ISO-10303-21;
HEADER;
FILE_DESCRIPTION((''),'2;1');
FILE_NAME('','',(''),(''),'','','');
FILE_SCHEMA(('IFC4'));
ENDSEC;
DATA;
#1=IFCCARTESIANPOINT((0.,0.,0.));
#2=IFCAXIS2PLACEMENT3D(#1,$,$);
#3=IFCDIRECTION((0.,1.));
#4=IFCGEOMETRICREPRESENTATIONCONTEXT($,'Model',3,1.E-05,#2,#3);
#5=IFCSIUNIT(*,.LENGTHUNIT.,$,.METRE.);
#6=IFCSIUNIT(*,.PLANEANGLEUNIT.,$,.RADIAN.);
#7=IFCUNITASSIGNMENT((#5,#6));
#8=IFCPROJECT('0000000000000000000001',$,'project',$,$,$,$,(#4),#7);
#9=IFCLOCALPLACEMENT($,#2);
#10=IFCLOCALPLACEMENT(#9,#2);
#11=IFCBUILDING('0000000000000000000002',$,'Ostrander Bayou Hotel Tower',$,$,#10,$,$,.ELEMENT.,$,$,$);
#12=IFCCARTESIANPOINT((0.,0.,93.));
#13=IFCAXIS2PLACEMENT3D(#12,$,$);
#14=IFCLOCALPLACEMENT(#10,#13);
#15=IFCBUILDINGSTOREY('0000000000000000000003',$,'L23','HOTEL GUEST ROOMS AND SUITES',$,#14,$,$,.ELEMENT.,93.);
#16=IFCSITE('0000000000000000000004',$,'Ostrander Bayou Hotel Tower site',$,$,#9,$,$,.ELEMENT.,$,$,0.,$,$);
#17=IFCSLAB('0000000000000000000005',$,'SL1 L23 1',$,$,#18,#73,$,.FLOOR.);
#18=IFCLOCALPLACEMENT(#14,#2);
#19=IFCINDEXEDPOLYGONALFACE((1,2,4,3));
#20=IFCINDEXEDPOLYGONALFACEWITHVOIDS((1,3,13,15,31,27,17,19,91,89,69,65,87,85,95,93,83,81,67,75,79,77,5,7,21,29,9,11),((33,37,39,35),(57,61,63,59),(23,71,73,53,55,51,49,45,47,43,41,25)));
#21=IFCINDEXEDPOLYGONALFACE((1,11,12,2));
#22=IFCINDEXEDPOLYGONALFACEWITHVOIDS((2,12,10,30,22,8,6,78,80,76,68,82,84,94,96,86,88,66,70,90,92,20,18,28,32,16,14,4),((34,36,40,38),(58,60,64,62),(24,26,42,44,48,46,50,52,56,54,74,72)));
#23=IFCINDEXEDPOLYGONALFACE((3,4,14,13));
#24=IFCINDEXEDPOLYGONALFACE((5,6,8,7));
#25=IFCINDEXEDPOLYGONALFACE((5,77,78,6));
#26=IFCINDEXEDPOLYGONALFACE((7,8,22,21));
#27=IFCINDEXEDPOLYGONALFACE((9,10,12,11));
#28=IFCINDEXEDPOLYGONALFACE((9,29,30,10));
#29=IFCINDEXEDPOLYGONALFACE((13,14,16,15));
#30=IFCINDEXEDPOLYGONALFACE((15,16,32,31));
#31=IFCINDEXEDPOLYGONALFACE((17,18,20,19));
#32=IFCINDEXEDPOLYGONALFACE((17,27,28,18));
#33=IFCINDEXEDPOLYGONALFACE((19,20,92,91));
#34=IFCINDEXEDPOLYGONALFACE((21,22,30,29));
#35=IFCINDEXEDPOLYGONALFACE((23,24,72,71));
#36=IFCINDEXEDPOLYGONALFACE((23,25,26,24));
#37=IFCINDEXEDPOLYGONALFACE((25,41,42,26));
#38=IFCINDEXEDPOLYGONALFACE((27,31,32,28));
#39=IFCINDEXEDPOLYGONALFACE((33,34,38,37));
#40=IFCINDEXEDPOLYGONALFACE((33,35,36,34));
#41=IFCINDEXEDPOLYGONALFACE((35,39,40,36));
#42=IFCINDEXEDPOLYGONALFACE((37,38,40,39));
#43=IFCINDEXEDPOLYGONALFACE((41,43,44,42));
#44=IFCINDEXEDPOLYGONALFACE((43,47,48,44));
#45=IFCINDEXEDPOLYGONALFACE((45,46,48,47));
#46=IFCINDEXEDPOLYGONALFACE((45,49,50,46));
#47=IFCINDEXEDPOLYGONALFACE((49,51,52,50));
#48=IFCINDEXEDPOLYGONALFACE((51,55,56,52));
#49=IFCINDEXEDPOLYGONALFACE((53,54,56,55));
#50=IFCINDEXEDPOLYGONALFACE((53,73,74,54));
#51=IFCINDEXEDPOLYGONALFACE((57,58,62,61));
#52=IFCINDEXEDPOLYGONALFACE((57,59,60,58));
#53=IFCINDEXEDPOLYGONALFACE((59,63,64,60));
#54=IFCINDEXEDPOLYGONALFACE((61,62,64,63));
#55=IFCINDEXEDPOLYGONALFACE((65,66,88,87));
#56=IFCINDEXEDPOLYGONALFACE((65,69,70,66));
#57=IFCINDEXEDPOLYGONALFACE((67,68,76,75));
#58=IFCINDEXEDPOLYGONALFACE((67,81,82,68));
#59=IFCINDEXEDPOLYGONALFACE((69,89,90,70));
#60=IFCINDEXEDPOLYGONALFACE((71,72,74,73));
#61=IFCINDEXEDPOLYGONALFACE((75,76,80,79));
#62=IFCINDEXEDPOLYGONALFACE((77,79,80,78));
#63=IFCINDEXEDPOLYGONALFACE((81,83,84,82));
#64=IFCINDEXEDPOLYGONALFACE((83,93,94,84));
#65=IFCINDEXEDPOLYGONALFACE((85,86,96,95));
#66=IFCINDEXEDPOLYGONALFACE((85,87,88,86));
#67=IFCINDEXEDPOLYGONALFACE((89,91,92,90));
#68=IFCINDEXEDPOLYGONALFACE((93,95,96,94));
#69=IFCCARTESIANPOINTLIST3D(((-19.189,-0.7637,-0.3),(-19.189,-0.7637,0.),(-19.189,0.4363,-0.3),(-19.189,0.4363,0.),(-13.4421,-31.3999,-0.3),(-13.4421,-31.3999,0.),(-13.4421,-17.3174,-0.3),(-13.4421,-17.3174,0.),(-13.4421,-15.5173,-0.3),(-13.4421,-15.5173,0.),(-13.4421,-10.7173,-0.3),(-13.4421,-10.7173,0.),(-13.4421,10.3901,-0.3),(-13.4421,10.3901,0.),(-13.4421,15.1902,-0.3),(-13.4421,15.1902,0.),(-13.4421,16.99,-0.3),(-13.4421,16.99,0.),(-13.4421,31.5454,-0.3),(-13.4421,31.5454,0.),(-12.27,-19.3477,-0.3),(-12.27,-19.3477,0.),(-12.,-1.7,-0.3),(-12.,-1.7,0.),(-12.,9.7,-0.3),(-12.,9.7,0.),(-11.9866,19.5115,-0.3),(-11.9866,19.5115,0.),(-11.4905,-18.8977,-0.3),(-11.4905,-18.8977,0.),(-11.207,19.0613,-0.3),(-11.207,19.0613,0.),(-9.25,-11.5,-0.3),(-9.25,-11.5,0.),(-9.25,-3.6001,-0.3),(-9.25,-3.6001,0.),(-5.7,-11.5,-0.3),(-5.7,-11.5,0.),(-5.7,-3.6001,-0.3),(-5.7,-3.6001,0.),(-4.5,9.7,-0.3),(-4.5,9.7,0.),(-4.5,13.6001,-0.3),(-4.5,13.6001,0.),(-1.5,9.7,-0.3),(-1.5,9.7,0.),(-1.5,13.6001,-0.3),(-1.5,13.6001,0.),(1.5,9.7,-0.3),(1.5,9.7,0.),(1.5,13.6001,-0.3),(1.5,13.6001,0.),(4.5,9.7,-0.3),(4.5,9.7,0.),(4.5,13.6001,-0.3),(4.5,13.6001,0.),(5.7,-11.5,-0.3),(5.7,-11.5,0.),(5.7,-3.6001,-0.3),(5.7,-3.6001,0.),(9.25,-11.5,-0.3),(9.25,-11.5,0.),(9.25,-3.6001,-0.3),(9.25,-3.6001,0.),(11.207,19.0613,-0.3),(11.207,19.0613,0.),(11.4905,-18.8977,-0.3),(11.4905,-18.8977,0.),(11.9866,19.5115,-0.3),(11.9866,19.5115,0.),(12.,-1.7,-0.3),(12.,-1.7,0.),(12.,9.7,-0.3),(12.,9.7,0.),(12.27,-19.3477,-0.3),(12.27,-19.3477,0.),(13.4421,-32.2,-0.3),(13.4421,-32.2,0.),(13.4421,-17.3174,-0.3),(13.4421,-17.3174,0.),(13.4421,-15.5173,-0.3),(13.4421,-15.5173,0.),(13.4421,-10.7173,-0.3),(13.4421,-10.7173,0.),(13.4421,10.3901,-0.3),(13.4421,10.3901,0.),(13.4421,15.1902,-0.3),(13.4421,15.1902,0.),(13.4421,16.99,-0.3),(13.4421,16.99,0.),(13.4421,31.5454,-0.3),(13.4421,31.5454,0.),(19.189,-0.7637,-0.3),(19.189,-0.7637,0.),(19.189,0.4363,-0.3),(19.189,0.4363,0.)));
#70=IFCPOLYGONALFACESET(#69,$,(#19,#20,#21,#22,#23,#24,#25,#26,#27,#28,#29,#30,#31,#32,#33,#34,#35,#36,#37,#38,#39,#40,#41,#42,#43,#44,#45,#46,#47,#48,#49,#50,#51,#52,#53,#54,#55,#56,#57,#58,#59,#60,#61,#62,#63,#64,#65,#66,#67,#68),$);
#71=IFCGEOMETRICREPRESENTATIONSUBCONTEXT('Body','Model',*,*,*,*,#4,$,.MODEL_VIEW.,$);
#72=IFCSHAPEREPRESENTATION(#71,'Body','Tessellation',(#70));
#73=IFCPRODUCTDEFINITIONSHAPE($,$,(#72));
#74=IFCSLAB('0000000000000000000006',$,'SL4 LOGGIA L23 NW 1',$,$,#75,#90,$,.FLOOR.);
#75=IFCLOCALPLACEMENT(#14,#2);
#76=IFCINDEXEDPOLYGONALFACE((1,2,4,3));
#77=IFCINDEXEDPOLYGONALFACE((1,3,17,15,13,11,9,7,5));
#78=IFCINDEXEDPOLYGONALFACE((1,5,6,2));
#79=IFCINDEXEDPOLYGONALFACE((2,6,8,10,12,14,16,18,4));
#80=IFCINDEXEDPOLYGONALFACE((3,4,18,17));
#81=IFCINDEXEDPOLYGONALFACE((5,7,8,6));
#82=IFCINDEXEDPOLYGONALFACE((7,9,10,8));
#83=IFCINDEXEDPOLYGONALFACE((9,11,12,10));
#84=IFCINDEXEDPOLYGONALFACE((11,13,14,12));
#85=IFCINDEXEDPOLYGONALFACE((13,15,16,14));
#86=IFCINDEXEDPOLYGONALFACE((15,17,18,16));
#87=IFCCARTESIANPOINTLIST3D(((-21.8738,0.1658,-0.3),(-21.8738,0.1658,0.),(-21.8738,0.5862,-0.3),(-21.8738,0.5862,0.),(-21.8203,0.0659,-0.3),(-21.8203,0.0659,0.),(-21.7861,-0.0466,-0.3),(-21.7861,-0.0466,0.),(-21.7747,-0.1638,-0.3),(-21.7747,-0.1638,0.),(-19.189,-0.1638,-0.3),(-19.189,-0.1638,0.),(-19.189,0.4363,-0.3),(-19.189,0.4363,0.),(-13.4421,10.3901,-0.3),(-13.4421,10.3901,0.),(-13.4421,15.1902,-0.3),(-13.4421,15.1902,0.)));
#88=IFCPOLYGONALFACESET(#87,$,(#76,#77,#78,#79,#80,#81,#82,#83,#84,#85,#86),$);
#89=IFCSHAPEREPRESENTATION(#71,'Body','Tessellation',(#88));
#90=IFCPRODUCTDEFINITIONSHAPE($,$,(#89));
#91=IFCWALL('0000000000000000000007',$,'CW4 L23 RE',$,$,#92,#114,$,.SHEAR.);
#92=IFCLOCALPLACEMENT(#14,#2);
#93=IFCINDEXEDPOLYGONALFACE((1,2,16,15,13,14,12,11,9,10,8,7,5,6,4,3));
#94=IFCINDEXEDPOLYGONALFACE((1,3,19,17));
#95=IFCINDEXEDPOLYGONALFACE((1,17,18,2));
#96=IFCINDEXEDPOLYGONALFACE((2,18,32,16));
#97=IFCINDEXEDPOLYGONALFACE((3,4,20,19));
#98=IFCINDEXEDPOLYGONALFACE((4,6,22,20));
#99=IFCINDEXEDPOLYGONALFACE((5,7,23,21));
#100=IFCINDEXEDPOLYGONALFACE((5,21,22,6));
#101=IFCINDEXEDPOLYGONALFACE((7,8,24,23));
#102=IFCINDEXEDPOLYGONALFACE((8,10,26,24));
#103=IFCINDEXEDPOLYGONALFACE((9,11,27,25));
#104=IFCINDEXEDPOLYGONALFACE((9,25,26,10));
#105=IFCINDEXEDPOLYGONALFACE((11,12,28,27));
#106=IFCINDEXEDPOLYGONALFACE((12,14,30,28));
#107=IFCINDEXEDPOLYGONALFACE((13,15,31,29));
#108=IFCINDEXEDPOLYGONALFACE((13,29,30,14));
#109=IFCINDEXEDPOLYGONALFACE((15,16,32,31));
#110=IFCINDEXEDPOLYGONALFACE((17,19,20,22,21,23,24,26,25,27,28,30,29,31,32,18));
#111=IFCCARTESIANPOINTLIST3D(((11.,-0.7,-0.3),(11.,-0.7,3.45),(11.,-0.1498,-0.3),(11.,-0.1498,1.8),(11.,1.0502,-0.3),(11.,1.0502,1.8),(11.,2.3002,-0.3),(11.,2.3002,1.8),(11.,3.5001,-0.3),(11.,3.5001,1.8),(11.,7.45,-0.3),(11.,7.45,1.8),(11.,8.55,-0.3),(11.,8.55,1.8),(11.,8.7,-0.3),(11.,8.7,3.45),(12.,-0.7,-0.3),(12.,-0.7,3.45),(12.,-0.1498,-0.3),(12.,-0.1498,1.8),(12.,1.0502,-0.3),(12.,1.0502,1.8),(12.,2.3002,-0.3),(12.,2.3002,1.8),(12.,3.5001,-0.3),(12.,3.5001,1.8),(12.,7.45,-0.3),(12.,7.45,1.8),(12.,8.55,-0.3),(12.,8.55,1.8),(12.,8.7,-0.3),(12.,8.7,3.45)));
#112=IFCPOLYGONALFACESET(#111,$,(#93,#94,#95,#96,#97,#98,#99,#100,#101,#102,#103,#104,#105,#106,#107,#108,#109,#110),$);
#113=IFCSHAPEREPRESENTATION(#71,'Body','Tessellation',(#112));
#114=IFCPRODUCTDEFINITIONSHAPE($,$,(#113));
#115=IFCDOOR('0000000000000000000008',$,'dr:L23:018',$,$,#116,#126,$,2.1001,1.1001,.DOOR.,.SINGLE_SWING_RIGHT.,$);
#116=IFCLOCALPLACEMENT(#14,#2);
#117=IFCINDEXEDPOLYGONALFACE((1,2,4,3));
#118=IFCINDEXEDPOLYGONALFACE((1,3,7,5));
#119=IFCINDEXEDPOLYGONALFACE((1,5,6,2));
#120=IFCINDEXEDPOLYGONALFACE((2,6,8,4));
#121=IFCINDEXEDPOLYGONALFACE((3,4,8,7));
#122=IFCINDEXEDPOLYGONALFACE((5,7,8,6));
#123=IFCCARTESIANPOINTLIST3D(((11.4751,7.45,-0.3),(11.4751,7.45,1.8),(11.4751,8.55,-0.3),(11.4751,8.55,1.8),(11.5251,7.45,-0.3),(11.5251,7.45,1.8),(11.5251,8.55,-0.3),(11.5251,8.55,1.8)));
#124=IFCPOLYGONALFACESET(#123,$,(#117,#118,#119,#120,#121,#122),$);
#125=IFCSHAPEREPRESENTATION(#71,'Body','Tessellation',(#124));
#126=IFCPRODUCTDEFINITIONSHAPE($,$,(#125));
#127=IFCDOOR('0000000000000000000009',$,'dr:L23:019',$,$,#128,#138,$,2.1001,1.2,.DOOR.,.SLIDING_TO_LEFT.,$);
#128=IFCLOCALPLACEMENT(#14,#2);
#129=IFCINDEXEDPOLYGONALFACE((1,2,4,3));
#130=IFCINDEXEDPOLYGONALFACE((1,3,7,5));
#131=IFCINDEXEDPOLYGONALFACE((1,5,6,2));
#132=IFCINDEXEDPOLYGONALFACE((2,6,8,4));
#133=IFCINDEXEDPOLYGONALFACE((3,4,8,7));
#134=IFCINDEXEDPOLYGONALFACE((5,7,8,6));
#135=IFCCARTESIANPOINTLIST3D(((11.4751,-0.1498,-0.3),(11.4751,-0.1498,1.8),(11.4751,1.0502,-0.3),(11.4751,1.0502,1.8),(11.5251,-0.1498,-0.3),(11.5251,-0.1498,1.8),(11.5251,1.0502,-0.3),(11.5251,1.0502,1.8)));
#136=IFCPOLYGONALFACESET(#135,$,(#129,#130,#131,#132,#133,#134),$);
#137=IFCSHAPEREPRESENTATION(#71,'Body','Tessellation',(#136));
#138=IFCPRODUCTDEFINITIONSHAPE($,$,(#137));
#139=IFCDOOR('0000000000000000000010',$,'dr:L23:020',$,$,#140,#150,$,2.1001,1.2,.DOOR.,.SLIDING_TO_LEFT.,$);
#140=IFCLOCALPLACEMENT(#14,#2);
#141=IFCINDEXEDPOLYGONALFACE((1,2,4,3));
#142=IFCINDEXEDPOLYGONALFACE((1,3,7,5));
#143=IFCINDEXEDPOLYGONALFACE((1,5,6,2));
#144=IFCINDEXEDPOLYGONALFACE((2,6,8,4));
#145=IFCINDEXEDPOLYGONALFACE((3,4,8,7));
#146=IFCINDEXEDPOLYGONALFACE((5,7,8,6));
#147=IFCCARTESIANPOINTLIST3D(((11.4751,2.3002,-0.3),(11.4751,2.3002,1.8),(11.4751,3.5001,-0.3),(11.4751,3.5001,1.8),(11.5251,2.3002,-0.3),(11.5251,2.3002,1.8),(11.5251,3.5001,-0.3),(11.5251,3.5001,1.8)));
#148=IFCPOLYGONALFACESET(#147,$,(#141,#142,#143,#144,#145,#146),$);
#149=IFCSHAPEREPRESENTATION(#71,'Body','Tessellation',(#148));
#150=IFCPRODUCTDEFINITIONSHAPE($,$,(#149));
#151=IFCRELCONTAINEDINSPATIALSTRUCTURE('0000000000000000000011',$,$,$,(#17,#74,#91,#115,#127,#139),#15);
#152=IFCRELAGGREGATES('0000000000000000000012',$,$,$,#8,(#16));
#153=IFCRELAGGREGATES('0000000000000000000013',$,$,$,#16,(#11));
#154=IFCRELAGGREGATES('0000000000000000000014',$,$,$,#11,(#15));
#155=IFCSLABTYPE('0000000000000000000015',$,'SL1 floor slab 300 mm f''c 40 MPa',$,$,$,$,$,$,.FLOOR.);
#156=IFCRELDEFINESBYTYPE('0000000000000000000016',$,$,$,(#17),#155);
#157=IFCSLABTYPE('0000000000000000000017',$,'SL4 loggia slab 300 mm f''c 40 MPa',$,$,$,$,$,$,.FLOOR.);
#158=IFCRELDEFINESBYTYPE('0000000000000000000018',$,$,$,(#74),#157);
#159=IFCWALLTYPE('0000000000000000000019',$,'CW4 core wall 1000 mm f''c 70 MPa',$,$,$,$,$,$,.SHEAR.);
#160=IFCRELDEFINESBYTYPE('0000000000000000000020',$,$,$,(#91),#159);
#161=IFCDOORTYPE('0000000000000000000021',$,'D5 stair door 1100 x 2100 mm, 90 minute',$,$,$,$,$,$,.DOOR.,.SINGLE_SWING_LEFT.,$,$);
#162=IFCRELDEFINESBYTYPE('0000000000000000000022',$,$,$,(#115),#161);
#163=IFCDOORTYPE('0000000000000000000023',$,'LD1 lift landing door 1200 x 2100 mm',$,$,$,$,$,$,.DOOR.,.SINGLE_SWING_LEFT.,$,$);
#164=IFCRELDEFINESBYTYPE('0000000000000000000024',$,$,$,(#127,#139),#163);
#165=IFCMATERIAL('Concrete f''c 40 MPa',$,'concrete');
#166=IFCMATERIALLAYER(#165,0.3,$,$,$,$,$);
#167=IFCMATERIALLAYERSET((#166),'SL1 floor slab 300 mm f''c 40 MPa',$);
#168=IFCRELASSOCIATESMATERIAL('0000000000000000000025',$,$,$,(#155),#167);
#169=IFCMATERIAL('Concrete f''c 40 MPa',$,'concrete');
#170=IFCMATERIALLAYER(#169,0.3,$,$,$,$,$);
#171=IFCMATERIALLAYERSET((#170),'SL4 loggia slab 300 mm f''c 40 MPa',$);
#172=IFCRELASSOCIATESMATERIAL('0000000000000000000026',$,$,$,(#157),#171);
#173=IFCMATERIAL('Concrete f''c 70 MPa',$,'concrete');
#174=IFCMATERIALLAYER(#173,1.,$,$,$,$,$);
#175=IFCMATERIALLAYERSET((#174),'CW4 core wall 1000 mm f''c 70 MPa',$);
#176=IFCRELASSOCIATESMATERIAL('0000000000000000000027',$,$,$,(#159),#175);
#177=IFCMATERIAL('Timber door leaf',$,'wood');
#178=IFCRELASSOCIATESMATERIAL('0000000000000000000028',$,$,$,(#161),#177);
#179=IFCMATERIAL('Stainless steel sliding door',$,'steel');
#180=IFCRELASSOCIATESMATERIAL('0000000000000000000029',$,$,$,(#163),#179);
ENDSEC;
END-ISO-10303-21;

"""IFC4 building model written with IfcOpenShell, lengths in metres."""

from ifc_helpers import new_model, si_unit, direction, frame, frame_2d, origin, place, context, subcontext, project, spatial, polyline, rectangle, outline, extrude, material, layer, layer_set, type_object, element, fill, save


model = new_model("IFC4")

# Units and contexts
model_context = context("Model", 3, precision=1e-05, world=origin(), true_north=direction((0.0, 1.0)))
body_context = subcontext(model_context, "Body", "Model", "MODEL_VIEW")
ifc_project = project(units=[si_unit("LENGTHUNIT", "METRE"), si_unit("PLANEANGLEUNIT", "RADIAN")], contexts=[model_context])

# Site, building, storey
site_placement = place(None, origin())
site = spatial("IfcSite", under=ifc_project, at=site_placement, Name="Ostrander Bayou Hotel Tower site", CompositionType="ELEMENT", RefElevation=0.0)
building_placement = place(site_placement, origin())
building = spatial("IfcBuilding", under=site, at=building_placement, Name="Ostrander Bayou Hotel Tower", CompositionType="ELEMENT")
storey_placement = place(building_placement, frame((0.0, 0.0, 93.0)))
storey = spatial("IfcBuildingStorey", under=building, at=storey_placement, Name="L23", Description="HOTEL GUEST ROOMS AND SUITES", CompositionType="ELEMENT", Elevation=93.0)

# Slabs
ifc_material_1 = material(Name="Concrete f'c 40 MPa", Category="concrete")
ifc_layer_1 = layer(ifc_material_1, 0.3)
ifc_layer_set_1 = layer_set([ifc_layer_1], Name="SL1 floor slab 300 mm f'c 40 MPa")
slab_type_1 = type_object("IfcSlabType", Name="SL1 floor slab 300 mm f'c 40 MPa", PredefinedType="FLOOR", material=ifc_layer_set_1)
slab_1_placement = place(storey_placement, frame((0.0, 0.0, -0.3)))
element("IfcSlab", 1, at=slab_1_placement, inside=storey, type_object=slab_type_1, Name="SL1 L23 1", PredefinedType="FLOOR", context=body_context, shape_type="SweptSolid", body=[
    extrude(outline(polyline([(-12.27, -19.3477), (-11.4905, -18.8977), (-13.4421, -15.5173), (-13.4421, -10.7173), (-19.189, -0.7637), (-19.189, 0.4363), (-13.4421, 10.3901), (-13.4421, 15.1902), (-11.207, 19.0613), (-11.9866, 19.5115), (-13.4421, 16.99), (-13.4421, 31.5454), (13.4421, 31.5454), (13.4421, 16.99), (11.9866, 19.5115), (11.207, 19.0613), (13.4421, 15.1902), (13.4421, 10.3901), (19.189, 0.4363), (19.189, -0.7637), (13.4421, -10.7173), (13.4421, -15.5173), (11.4905, -18.8977), (12.27, -19.3477), (13.4421, -17.3174), (13.4421, -32.2), (-13.4421, -31.3999), (-13.4421, -17.3174), (-12.27, -19.3477)]), holes=[polyline([(-12.0, -1.7), (12.0, -1.7), (12.0, 9.7), (4.5, 9.7), (4.5, 13.6001), (1.5, 13.6001), (1.5, 9.7), (-1.5, 9.7), (-1.5, 13.6001), (-4.5, 13.6001), (-4.5, 9.7), (-12.0, 9.7), (-12.0, -1.7)]), polyline([(9.25, -3.6001), (5.7, -3.6001), (5.7, -11.5), (9.25, -11.5), (9.25, -3.6001)]), polyline([(-5.7, -3.6001), (-9.25, -3.6001), (-9.25, -11.5), (-5.7, -11.5), (-5.7, -3.6001)])]), origin(), (0.0, 0.0, 1.0), 0.3),
])
ifc_material_2 = material(Name="Concrete f'c 40 MPa", Category="concrete")
ifc_layer_2 = layer(ifc_material_2, 0.3)
ifc_layer_set_2 = layer_set([ifc_layer_2], Name="SL4 loggia slab 300 mm f'c 40 MPa")
slab_type_2 = type_object("IfcSlabType", Name="SL4 loggia slab 300 mm f'c 40 MPa", PredefinedType="FLOOR", material=ifc_layer_set_2)
slab_2_placement = place(storey_placement, frame((0.0, 0.0, -0.3)))
element("IfcSlab", 2, at=slab_2_placement, inside=storey, type_object=slab_type_2, Name="SL4 LOGGIA L23 NW 1", PredefinedType="FLOOR", context=body_context, shape_type="SweptSolid", body=[
    extrude(outline(polyline([(-19.189, -0.1638), (-21.7747, -0.1638), (-21.7861, -0.0466), (-21.8203, 0.0659), (-21.8738, 0.1658), (-21.8738, 0.5862), (-13.4421, 15.1902), (-13.4421, 10.3901), (-19.189, 0.4363), (-19.189, -0.1638)])), origin(), (0.0, 0.0, 1.0), 0.3),
])

# Wall, openings, doors
ifc_material_3 = material(Name="Concrete f'c 70 MPa", Category="concrete")
ifc_layer_3 = layer(ifc_material_3, 1.0)
ifc_layer_set_3 = layer_set([ifc_layer_3], Name="CW4 core wall 1000 mm f'c 70 MPa")
wall_type_1 = type_object("IfcWallType", Name="CW4 core wall 1000 mm f'c 70 MPa", PredefinedType="SHEAR", material=ifc_layer_set_3)
wall_1_placement = place(storey_placement, frame((11.5, -0.7, -0.3), z_axis=(0.0, 0.0, 1.0), x_axis=(0.0, 1.0, 0.0)))
wall_1 = element("IfcWall", 3, at=wall_1_placement, inside=storey, type_object=wall_type_1, Name="CW4 L23 RE", PredefinedType="SHEAR", context=body_context, shape_type="SweptSolid", body=[
    extrude(rectangle(XDim=9.3999, YDim=1.0, at=frame_2d((4.7, 0.0))), origin(), (0.0, 0.0, 1.0), 3.75),
])
opening_1_placement = place(wall_1_placement, frame((8.1499, 0.0, 0.0)))
opening_1 = element("IfcOpeningElement", 4, at=opening_1_placement, cuts=wall_1, PredefinedType="OPENING", context=body_context, shape_type="SweptSolid", body=[
    extrude(rectangle(XDim=1.1001, YDim=2.1001, at=frame_2d((0.55, 1.05))), frame((0.0, 0.5, 0.0), z_axis=(0.0, -1.0, 0.0), x_axis=(1.0, 0.0, 0.0)), (0.0, 0.0, 1.0), 1.0),
])
opening_2_placement = place(wall_1_placement, frame((0.55, 0.0, 0.0)))
opening_2 = element("IfcOpeningElement", 5, at=opening_2_placement, cuts=wall_1, PredefinedType="OPENING", context=body_context, shape_type="SweptSolid", body=[
    extrude(rectangle(XDim=1.2, YDim=2.1001, at=frame_2d((0.6001, 1.05))), frame((0.0, 0.5, 0.0), z_axis=(0.0, -1.0, 0.0), x_axis=(1.0, 0.0, 0.0)), (0.0, 0.0, 1.0), 1.0),
])
opening_3_placement = place(wall_1_placement, frame((3.0, 0.0, 0.0)))
opening_3 = element("IfcOpeningElement", 6, at=opening_3_placement, cuts=wall_1, PredefinedType="OPENING", context=body_context, shape_type="SweptSolid", body=[
    extrude(rectangle(XDim=1.2, YDim=2.1001, at=frame_2d((0.6001, 1.05))), frame((0.0, 0.5, 0.0), z_axis=(0.0, -1.0, 0.0), x_axis=(1.0, 0.0, 0.0)), (0.0, 0.0, 1.0), 1.0),
])
ifc_material_4 = material(Name="Timber door leaf", Category="wood")
door_type_1 = type_object("IfcDoorType", Name="D5 stair door 1100 x 2100 mm, 90 minute", OperationType="SINGLE_SWING_LEFT", PredefinedType="DOOR", material=ifc_material_4)
door_1_placement = place(opening_1_placement, origin())
door_1 = element("IfcDoor", 7, at=door_1_placement, inside=storey, type_object=door_type_1, Name="dr:L23:018", OperationType="SINGLE_SWING_RIGHT", OverallHeight=2.1001, OverallWidth=1.1001, PredefinedType="DOOR", context=body_context, shape_type="SweptSolid", body=[
    extrude(rectangle(XDim=1.1001, YDim=2.1001, at=frame_2d((0.55, 1.05))), frame((0.0, 0.0249, 0.0), z_axis=(0.0, -1.0, 0.0), x_axis=(1.0, 0.0, 0.0)), (0.0, 0.0, 1.0), 0.05),
])
fill(opening_1, door_1)
ifc_material_5 = material(Name="Stainless steel sliding door", Category="steel")
door_type_2 = type_object("IfcDoorType", Name="LD1 lift landing door 1200 x 2100 mm", OperationType="SINGLE_SWING_LEFT", PredefinedType="DOOR", material=ifc_material_5)
door_2_placement = place(opening_2_placement, origin())
door_2 = element("IfcDoor", 8, at=door_2_placement, inside=storey, type_object=door_type_2, Name="dr:L23:019", OperationType="SLIDING_TO_LEFT", OverallHeight=2.1001, OverallWidth=1.2, PredefinedType="DOOR", context=body_context, shape_type="SweptSolid", body=[
    extrude(rectangle(XDim=1.2, YDim=2.1001, at=frame_2d((0.6001, 1.05))), frame((0.0, 0.0249, 0.0), z_axis=(0.0, -1.0, 0.0), x_axis=(1.0, 0.0, 0.0)), (0.0, 0.0, 1.0), 0.05),
])
fill(opening_2, door_2)
door_3_placement = place(opening_3_placement, origin())
door_3 = element("IfcDoor", 9, at=door_3_placement, inside=storey, type_object=door_type_2, Name="dr:L23:020", OperationType="SLIDING_TO_LEFT", OverallHeight=2.1001, OverallWidth=1.2, PredefinedType="DOOR", context=body_context, shape_type="SweptSolid", body=[
    extrude(rectangle(XDim=1.2, YDim=2.1001, at=frame_2d((0.6001, 1.05))), frame((0.0, 0.0249, 0.0), z_axis=(0.0, -1.0, 0.0), x_axis=(1.0, 0.0, 0.0)), (0.0, 0.0, 1.0), 0.05),
])
fill(opening_3, door_3)

save(model, "model.ifc")
